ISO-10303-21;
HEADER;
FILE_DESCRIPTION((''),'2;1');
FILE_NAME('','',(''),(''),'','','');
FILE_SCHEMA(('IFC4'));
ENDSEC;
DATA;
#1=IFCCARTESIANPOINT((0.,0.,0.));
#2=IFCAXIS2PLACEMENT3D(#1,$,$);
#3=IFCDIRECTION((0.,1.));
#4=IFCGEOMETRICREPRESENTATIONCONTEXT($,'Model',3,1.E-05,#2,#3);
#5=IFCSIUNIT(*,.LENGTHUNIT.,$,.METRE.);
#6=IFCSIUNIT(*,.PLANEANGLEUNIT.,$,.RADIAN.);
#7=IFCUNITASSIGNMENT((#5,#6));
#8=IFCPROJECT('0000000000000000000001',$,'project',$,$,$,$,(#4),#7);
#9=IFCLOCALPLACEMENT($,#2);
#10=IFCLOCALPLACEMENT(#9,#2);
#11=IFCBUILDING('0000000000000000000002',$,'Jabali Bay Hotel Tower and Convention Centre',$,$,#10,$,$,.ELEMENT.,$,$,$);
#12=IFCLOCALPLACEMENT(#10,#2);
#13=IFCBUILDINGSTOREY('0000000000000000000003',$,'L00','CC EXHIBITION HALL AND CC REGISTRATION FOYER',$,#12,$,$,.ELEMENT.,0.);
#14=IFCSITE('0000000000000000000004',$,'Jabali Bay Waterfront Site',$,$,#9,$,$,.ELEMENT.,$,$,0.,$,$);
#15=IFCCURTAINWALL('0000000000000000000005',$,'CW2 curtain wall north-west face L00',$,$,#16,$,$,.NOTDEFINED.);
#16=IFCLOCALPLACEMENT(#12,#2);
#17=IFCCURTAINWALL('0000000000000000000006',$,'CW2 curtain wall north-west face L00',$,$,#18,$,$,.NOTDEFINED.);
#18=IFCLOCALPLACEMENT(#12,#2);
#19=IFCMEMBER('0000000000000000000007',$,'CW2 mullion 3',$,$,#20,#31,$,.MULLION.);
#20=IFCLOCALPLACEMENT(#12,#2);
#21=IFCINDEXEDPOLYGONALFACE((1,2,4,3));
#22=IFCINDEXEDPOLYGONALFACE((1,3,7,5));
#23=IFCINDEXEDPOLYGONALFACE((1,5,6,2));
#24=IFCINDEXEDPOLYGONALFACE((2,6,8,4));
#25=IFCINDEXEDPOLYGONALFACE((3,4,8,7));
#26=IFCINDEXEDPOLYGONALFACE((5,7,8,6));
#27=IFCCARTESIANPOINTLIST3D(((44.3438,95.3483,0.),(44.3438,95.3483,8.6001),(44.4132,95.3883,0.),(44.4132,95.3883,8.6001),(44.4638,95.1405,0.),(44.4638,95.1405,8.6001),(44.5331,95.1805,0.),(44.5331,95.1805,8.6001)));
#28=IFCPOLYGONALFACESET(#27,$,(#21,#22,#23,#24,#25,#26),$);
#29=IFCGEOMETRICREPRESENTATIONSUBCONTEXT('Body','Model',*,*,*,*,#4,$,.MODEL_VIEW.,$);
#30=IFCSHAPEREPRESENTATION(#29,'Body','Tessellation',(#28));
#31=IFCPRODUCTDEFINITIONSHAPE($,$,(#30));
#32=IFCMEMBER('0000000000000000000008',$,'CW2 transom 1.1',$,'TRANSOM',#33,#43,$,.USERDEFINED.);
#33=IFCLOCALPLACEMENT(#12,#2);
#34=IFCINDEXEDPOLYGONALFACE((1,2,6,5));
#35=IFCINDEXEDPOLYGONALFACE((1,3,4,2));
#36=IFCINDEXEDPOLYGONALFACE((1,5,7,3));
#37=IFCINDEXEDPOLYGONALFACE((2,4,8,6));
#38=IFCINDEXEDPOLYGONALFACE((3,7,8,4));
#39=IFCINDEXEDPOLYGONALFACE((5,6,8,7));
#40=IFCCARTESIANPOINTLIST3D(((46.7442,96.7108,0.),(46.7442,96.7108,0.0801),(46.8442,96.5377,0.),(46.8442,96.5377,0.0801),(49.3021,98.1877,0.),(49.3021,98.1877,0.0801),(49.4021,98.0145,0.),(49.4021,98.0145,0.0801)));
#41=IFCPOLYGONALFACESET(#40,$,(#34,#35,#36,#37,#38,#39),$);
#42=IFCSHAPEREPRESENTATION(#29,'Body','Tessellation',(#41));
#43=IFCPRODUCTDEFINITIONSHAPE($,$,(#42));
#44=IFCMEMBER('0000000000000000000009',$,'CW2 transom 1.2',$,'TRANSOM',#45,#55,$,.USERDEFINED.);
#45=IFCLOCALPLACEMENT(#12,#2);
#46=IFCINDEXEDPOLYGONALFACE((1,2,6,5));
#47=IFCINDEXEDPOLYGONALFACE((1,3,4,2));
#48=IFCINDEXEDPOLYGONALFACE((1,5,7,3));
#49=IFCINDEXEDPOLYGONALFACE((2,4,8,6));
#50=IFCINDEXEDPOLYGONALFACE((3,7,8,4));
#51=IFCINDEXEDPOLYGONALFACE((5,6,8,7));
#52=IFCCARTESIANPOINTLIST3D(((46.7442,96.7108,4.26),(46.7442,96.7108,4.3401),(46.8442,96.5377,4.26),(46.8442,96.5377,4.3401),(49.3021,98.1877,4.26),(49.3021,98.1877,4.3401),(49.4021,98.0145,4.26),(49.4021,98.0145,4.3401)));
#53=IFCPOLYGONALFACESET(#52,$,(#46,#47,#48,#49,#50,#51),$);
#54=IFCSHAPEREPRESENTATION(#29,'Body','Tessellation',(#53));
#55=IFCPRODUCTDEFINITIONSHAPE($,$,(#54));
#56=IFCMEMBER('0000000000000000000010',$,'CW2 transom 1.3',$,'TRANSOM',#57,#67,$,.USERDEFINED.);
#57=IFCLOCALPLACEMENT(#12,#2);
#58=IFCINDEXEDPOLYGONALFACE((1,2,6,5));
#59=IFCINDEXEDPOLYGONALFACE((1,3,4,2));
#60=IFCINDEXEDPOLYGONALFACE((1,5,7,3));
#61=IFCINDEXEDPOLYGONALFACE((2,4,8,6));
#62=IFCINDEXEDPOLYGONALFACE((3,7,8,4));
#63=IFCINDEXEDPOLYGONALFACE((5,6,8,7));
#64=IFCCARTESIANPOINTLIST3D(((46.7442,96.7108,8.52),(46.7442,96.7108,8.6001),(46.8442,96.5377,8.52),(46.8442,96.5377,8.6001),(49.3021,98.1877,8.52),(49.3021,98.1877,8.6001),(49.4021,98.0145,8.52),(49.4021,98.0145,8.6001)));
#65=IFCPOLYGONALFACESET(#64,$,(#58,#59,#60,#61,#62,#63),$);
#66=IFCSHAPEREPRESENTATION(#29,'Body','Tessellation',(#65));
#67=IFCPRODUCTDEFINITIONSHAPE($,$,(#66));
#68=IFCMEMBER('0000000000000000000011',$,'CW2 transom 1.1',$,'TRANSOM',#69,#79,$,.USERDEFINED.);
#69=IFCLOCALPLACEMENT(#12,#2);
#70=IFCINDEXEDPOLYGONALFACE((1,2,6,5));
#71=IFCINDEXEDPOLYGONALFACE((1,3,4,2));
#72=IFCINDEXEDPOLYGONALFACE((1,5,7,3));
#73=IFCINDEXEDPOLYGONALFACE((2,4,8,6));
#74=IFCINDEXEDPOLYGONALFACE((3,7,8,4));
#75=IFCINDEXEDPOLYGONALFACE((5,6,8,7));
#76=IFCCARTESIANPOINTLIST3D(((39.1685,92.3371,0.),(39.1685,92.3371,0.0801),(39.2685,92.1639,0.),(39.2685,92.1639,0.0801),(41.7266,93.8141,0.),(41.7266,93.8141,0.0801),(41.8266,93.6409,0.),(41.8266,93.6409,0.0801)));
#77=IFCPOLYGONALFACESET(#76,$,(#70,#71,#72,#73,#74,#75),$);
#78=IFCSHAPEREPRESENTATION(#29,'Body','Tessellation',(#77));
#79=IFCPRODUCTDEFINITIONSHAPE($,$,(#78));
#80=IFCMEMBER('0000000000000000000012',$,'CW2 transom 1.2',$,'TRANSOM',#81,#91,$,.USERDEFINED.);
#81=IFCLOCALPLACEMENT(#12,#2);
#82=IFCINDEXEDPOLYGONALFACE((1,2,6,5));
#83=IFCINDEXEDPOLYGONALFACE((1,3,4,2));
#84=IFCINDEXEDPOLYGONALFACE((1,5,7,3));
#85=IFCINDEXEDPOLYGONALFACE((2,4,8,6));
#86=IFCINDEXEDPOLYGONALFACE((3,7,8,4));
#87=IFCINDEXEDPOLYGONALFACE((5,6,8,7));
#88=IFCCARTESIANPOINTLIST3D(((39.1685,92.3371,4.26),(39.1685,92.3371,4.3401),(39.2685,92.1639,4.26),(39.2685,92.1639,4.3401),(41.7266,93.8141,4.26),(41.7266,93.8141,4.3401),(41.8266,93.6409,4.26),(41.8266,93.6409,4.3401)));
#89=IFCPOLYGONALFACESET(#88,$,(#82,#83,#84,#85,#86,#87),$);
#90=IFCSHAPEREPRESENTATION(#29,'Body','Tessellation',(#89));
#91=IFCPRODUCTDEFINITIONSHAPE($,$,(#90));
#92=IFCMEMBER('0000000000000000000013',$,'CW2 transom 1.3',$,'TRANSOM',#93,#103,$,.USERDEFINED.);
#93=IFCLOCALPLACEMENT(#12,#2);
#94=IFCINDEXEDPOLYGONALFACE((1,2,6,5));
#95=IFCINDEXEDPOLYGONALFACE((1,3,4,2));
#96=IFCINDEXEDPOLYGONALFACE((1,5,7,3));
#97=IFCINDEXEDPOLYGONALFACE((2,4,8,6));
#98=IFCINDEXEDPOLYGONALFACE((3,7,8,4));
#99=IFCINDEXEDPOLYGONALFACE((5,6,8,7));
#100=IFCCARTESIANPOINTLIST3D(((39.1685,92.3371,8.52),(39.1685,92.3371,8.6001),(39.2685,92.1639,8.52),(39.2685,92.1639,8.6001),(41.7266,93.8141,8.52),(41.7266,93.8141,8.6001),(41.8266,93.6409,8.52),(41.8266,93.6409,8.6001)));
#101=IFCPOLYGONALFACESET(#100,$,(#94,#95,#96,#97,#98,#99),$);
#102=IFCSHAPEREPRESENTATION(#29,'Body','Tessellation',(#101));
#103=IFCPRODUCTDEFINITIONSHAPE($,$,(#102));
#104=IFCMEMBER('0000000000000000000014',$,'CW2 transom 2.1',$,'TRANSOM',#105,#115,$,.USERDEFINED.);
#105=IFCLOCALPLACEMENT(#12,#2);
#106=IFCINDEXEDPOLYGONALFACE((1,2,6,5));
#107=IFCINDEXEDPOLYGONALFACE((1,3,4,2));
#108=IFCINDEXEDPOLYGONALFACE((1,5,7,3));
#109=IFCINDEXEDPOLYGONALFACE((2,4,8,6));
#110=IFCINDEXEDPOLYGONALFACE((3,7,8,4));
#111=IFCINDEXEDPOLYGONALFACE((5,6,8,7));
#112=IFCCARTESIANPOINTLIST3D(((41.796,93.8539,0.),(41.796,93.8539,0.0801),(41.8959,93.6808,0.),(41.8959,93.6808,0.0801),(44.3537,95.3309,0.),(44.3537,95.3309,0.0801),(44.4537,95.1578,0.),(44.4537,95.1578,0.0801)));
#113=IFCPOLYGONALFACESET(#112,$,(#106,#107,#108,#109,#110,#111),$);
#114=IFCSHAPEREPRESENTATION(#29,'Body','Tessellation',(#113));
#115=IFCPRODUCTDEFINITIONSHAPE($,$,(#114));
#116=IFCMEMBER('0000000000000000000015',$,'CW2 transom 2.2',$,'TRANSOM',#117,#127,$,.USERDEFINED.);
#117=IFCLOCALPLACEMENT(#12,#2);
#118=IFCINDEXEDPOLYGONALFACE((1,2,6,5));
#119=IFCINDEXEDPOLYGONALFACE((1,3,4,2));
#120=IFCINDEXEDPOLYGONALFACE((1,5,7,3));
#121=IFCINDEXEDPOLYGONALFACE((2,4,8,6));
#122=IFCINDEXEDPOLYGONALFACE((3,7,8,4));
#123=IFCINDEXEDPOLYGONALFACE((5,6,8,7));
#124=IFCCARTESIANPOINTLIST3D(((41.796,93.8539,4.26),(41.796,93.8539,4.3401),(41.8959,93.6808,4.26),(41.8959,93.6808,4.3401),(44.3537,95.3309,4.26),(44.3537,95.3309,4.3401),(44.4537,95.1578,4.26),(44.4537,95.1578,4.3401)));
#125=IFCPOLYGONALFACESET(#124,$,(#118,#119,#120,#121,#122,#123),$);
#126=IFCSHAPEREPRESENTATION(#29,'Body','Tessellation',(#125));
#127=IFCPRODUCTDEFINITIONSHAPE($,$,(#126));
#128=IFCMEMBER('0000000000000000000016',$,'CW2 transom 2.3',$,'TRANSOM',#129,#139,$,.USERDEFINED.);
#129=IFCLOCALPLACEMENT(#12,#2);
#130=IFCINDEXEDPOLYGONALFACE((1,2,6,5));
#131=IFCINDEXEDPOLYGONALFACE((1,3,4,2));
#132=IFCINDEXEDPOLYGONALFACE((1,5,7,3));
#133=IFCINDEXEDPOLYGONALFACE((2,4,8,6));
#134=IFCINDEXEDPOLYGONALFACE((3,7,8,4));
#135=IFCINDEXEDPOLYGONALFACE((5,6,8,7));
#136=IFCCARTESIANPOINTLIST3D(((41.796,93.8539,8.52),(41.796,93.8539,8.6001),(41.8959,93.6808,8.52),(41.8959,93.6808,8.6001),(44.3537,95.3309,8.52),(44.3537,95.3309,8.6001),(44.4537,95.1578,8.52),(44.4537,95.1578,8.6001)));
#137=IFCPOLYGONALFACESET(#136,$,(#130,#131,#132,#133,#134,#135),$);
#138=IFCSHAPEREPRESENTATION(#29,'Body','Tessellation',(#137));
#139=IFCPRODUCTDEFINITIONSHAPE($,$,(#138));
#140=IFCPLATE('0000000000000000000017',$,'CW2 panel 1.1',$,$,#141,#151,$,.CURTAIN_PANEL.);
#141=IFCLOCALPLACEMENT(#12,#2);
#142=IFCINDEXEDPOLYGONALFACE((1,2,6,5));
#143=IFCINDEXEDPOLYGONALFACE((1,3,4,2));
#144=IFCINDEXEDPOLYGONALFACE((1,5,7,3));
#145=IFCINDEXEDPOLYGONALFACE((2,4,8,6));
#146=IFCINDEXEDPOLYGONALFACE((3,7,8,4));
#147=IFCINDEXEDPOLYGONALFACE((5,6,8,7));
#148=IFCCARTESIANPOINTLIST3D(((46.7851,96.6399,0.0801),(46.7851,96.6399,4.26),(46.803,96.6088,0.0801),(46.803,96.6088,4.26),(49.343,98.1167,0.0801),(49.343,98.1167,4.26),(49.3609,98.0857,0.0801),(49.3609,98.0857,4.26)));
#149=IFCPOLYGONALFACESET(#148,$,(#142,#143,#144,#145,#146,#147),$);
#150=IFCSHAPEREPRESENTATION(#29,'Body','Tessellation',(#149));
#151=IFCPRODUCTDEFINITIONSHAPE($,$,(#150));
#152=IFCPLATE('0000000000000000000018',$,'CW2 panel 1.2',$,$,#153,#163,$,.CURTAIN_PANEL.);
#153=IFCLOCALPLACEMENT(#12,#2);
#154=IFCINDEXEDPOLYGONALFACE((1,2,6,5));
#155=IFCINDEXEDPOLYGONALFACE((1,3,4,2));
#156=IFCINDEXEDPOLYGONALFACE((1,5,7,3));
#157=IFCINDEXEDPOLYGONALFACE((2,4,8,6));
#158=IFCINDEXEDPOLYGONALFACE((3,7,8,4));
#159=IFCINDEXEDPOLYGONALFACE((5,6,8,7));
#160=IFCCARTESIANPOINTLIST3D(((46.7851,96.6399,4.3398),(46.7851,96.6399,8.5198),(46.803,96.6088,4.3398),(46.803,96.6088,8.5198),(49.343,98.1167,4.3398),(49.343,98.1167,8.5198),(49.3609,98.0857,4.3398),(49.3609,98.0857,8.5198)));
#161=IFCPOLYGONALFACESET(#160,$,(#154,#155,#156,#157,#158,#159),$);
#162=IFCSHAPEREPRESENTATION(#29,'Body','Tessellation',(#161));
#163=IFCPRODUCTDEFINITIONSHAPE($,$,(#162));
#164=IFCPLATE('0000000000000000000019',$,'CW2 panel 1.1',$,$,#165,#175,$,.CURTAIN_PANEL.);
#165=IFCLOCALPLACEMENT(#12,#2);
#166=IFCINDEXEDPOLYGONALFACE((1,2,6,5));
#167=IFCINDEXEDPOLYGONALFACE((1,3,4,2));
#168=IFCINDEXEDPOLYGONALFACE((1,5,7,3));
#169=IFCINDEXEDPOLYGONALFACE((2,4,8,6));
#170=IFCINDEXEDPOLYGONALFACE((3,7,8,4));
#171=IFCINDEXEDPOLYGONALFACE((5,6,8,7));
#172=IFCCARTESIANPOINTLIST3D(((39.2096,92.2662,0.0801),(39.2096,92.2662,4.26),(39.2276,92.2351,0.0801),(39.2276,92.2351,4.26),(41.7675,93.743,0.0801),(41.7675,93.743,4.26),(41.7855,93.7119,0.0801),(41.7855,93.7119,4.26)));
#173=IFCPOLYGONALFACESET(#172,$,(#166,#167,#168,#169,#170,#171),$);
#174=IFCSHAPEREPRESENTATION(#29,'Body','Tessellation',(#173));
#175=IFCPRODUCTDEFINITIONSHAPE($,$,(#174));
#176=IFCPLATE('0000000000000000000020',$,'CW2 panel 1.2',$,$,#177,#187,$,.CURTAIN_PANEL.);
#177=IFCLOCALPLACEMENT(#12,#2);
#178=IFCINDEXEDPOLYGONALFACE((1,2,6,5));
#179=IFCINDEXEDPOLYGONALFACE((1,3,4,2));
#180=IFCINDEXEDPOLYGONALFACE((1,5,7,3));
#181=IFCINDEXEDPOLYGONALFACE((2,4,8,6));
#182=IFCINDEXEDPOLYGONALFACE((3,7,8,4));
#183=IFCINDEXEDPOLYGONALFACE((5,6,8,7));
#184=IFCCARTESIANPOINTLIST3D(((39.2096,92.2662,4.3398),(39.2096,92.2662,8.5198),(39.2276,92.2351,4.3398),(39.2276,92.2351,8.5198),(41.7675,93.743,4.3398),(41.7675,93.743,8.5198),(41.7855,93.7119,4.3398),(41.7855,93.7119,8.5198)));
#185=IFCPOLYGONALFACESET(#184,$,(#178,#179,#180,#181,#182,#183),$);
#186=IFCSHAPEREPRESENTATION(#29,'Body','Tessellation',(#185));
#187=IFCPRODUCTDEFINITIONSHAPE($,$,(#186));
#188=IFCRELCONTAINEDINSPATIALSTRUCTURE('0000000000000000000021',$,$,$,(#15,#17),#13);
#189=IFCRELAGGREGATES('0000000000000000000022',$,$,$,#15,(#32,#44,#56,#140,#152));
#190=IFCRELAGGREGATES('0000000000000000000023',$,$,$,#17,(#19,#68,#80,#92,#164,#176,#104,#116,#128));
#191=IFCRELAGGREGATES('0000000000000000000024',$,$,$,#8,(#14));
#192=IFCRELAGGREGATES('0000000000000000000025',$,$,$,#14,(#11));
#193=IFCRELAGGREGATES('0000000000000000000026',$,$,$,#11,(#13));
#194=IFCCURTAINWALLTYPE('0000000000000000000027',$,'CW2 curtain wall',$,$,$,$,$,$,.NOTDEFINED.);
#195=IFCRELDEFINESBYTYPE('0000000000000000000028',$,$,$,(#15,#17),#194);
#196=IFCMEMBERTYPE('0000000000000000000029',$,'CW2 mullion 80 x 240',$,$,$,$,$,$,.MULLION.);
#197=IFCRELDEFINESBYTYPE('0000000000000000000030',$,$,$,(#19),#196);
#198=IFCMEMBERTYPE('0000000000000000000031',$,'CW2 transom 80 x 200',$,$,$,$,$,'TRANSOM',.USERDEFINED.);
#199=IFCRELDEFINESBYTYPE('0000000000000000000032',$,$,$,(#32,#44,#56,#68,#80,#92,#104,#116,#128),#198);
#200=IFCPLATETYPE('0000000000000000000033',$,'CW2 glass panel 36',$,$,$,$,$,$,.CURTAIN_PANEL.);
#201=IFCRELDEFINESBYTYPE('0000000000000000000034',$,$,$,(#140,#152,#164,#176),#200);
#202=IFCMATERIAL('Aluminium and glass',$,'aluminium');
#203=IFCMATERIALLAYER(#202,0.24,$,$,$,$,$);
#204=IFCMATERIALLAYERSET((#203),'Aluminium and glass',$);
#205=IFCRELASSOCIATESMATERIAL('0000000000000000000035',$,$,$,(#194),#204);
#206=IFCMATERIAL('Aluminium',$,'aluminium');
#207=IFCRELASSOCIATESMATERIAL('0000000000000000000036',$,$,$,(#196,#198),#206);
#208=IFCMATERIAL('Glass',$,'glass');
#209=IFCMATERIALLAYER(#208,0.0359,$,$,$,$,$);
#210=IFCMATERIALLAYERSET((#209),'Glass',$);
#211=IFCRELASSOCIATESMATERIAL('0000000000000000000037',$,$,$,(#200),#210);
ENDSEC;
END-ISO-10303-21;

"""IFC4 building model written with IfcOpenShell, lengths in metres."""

from ifc_helpers import new_model, si_unit, direction, frame, origin, origin_2d, place, context, subcontext, project, spatial, rectangle, extrude, material, layer, layer_set, material_profile, profile_set, type_object, element, aggregate, save


model = new_model("IFC4")

# Units and contexts
model_context = context("Model", 3, precision=1e-05, world=origin(), true_north=direction((0.0, 1.0)))
body_context = subcontext(model_context, "Body", "Model", "MODEL_VIEW")
ifc_project = project(units=[si_unit("LENGTHUNIT", "METRE"), si_unit("PLANEANGLEUNIT", "RADIAN")], contexts=[model_context])

# Site, building, storey
site_placement = place(None, origin())
site = spatial("IfcSite", under=ifc_project, at=site_placement, Name="Jabali Bay Waterfront Site", CompositionType="ELEMENT", RefElevation=0.0)
building_placement = place(site_placement, origin())
building = spatial("IfcBuilding", under=site, at=building_placement, Name="Jabali Bay Hotel Tower and Convention Centre", CompositionType="ELEMENT")
storey_placement = place(building_placement, origin())
storey = spatial("IfcBuildingStorey", under=building, at=storey_placement, Name="L00", Description="CC EXHIBITION HALL AND CC REGISTRATION FOYER", CompositionType="ELEMENT", Elevation=0.0)

# Curtain wall
ifc_material_1 = material(Name="Aluminium and glass", Category="aluminium")
ifc_layer_1 = layer(ifc_material_1, 0.24)
ifc_layer_set_1 = layer_set([ifc_layer_1], Name="Aluminium and glass")
curtain_wall_type = type_object("IfcCurtainWallType", Name="CW2 curtain wall", PredefinedType="NOTDEFINED", material=ifc_layer_set_1)
curtain_wall_1_placement = place(storey_placement, origin())
curtain_wall_1 = element("IfcCurtainWall", 1, at=curtain_wall_1_placement, inside=storey, type_object=curtain_wall_type, Name="CW2 curtain wall north-west face L00", PredefinedType="NOTDEFINED")
ifc_material_2 = material(Name="Aluminium", Category="aluminium")
ifc_material_profile_1 = material_profile(ifc_material_2, rectangle(XDim=0.24, YDim=0.0801, at=origin_2d()), Name="CW2 mullion 80 x 240")
ifc_profile_set_1 = profile_set([ifc_material_profile_1], Name="Aluminium")
member_type_1 = type_object("IfcMemberType", Name="CW2 mullion 80 x 240", PredefinedType="MULLION", material=ifc_profile_set_1)

# Curtain wall, member
curtain_wall_2_placement = place(storey_placement, origin())
curtain_wall_2 = element("IfcCurtainWall", 2, at=curtain_wall_2_placement, inside=storey, type_object=curtain_wall_type, Name="CW2 curtain wall north-west face L00", PredefinedType="NOTDEFINED")
member_1_placement = place(storey_placement, frame((44.4385, 95.2644, 0.0), z_axis=(0.0, 0.0, 1.0), x_axis=(-0.5, 0.866025, 0.0)))
member_1 = element("IfcMember", 3, at=member_1_placement, type_object=member_type_1, Name="CW2 mullion 3", PredefinedType="MULLION", context=body_context, shape_type="SweptSolid", body=[
    extrude(rectangle(XDim=0.24, YDim=0.0801, at=origin_2d()), origin(), (0.0, 0.0, 1.0), 8.6001),
])

# Members
ifc_material_profile_2 = material_profile(ifc_material_2, rectangle(XDim=0.2, YDim=0.0801, at=origin_2d()), Name="CW2 transom 80 x 200")
ifc_profile_set_2 = profile_set([ifc_material_profile_2], Name="Aluminium")
member_type_2 = type_object("IfcMemberType", Name="CW2 transom 80 x 200", ElementType="TRANSOM", PredefinedType="USERDEFINED", material=ifc_profile_set_2)
member_2_placement = place(storey_placement, frame((46.7942, 96.6243, 0.04), z_axis=(0.866022, 0.500006, 0.0), x_axis=(-0.500006, 0.866022, 0.0)))
member_2 = element("IfcMember", 4, at=member_2_placement, type_object=member_type_2, Name="CW2 transom 1.1", ObjectType="TRANSOM", PredefinedType="USERDEFINED", context=body_context, shape_type="SweptSolid", body=[
    extrude(rectangle(XDim=0.2, YDim=0.0801, at=origin_2d()), origin(), (0.0, 0.0, 1.0), 2.9536),
])
member_3_placement = place(storey_placement, frame((46.7942, 96.6243, 4.3), z_axis=(0.866022, 0.500006, 0.0), x_axis=(-0.500006, 0.866022, 0.0)))
member_3 = element("IfcMember", 5, at=member_3_placement, type_object=member_type_2, Name="CW2 transom 1.2", ObjectType="TRANSOM", PredefinedType="USERDEFINED", context=body_context, shape_type="SweptSolid", body=[
    extrude(rectangle(XDim=0.2, YDim=0.0801, at=origin_2d()), origin(), (0.0, 0.0, 1.0), 2.9536),
])
member_4_placement = place(storey_placement, frame((46.7942, 96.6243, 8.5601), z_axis=(0.866022, 0.500006, 0.0), x_axis=(-0.500006, 0.866022, 0.0)))
member_4 = element("IfcMember", 6, at=member_4_placement, type_object=member_type_2, Name="CW2 transom 1.3", ObjectType="TRANSOM", PredefinedType="USERDEFINED", context=body_context, shape_type="SweptSolid", body=[
    extrude(rectangle(XDim=0.2, YDim=0.0801, at=origin_2d()), origin(), (0.0, 0.0, 1.0), 2.9536),
])
member_5_placement = place(storey_placement, frame((39.2185, 92.2505, 0.04), z_axis=(0.866007, 0.500032, 0.0), x_axis=(-0.500032, 0.866007, 0.0)))
member_5 = element("IfcMember", 7, at=member_5_placement, type_object=member_type_2, Name="CW2 transom 1.1", ObjectType="TRANSOM", PredefinedType="USERDEFINED", context=body_context, shape_type="SweptSolid", body=[
    extrude(rectangle(XDim=0.2, YDim=0.0801, at=origin_2d()), origin(), (0.0, 0.0, 1.0), 2.9539),
])
member_6_placement = place(storey_placement, frame((39.2185, 92.2505, 4.3), z_axis=(0.866007, 0.500032, 0.0), x_axis=(-0.500032, 0.866007, 0.0)))
member_6 = element("IfcMember", 8, at=member_6_placement, type_object=member_type_2, Name="CW2 transom 1.2", ObjectType="TRANSOM", PredefinedType="USERDEFINED", context=body_context, shape_type="SweptSolid", body=[
    extrude(rectangle(XDim=0.2, YDim=0.0801, at=origin_2d()), origin(), (0.0, 0.0, 1.0), 2.9539),
])
member_7_placement = place(storey_placement, frame((39.2185, 92.2505, 8.5601), z_axis=(0.866007, 0.500032, 0.0), x_axis=(-0.500032, 0.866007, 0.0)))
member_7 = element("IfcMember", 9, at=member_7_placement, type_object=member_type_2, Name="CW2 transom 1.3", ObjectType="TRANSOM", PredefinedType="USERDEFINED", context=body_context, shape_type="SweptSolid", body=[
    extrude(rectangle(XDim=0.2, YDim=0.0801, at=origin_2d()), origin(), (0.0, 0.0, 1.0), 2.9539),
])
member_8_placement = place(storey_placement, frame((41.8459, 93.7673, 0.04), z_axis=(0.865986, 0.500068, 0.0), x_axis=(-0.500068, 0.865986, 0.0)))
member_8 = element("IfcMember", 10, at=member_8_placement, type_object=member_type_2, Name="CW2 transom 2.1", ObjectType="TRANSOM", PredefinedType="USERDEFINED", context=body_context, shape_type="SweptSolid", body=[
    extrude(rectangle(XDim=0.2, YDim=0.0801, at=origin_2d()), origin(), (0.0, 0.0, 1.0), 2.9536),
])
member_9_placement = place(storey_placement, frame((41.8459, 93.7673, 4.3), z_axis=(0.865986, 0.500068, 0.0), x_axis=(-0.500068, 0.865986, 0.0)))
member_9 = element("IfcMember", 11, at=member_9_placement, type_object=member_type_2, Name="CW2 transom 2.2", ObjectType="TRANSOM", PredefinedType="USERDEFINED", context=body_context, shape_type="SweptSolid", body=[
    extrude(rectangle(XDim=0.2, YDim=0.0801, at=origin_2d()), origin(), (0.0, 0.0, 1.0), 2.9536),
])
member_10_placement = place(storey_placement, frame((41.8459, 93.7673, 8.5601), z_axis=(0.865986, 0.500068, 0.0), x_axis=(-0.500068, 0.865986, 0.0)))
member_10 = element("IfcMember", 12, at=member_10_placement, type_object=member_type_2, Name="CW2 transom 2.3", ObjectType="TRANSOM", PredefinedType="USERDEFINED", context=body_context, shape_type="SweptSolid", body=[
    extrude(rectangle(XDim=0.2, YDim=0.0801, at=origin_2d()), origin(), (0.0, 0.0, 1.0), 2.9536),
])

# Plates
ifc_material_3 = material(Name="Glass", Category="glass")
ifc_layer_2 = layer(ifc_material_3, 0.0359)
ifc_layer_set_2 = layer_set([ifc_layer_2], Name="Glass")
plate_type = type_object("IfcPlateType", Name="CW2 glass panel 36", PredefinedType="CURTAIN_PANEL", material=ifc_layer_set_2)
plate_1_placement = place(storey_placement, frame((48.073, 97.3628, 0.0801), z_axis=(0.0, 0.0, 1.0), x_axis=(0.866025, 0.5, 0.0)))
plate_1 = element("IfcPlate", 13, at=plate_1_placement, type_object=plate_type, Name="CW2 panel 1.1", PredefinedType="CURTAIN_PANEL", context=body_context, shape_type="SweptSolid", body=[
    extrude(rectangle(XDim=2.9536, YDim=0.0359, at=origin_2d()), origin(), (0.0, 0.0, 1.0), 4.1799),
])
plate_2_placement = place(storey_placement, frame((48.073, 97.3628, 4.3398), z_axis=(0.0, 0.0, 1.0), x_axis=(0.866025, 0.5, 0.0)))
plate_2 = element("IfcPlate", 14, at=plate_2_placement, type_object=plate_type, Name="CW2 panel 1.2", PredefinedType="CURTAIN_PANEL", context=body_context, shape_type="SweptSolid", body=[
    extrude(rectangle(XDim=2.9536, YDim=0.0359, at=origin_2d()), origin(), (0.0, 0.0, 1.0), 4.1799),
])
aggregate(curtain_wall_1, [member_2, member_3, member_4, plate_1, plate_2])
plate_3_placement = place(storey_placement, frame((40.4976, 92.989, 0.0801), z_axis=(0.0, 0.0, 1.0), x_axis=(0.866025, 0.5, 0.0)))
plate_3 = element("IfcPlate", 15, at=plate_3_placement, type_object=plate_type, Name="CW2 panel 1.1", PredefinedType="CURTAIN_PANEL", context=body_context, shape_type="SweptSolid", body=[
    extrude(rectangle(XDim=2.9536, YDim=0.0359, at=origin_2d()), origin(), (0.0, 0.0, 1.0), 4.1799),
])
plate_4_placement = place(storey_placement, frame((40.4976, 92.989, 4.3398), z_axis=(0.0, 0.0, 1.0), x_axis=(0.866025, 0.5, 0.0)))
plate_4 = element("IfcPlate", 16, at=plate_4_placement, type_object=plate_type, Name="CW2 panel 1.2", PredefinedType="CURTAIN_PANEL", context=body_context, shape_type="SweptSolid", body=[
    extrude(rectangle(XDim=2.9536, YDim=0.0359, at=origin_2d()), origin(), (0.0, 0.0, 1.0), 4.1799),
])
aggregate(curtain_wall_2, [member_1, member_5, member_6, member_7, plate_3, plate_4, member_8, member_9, member_10])

save(model, "model.ifc")
